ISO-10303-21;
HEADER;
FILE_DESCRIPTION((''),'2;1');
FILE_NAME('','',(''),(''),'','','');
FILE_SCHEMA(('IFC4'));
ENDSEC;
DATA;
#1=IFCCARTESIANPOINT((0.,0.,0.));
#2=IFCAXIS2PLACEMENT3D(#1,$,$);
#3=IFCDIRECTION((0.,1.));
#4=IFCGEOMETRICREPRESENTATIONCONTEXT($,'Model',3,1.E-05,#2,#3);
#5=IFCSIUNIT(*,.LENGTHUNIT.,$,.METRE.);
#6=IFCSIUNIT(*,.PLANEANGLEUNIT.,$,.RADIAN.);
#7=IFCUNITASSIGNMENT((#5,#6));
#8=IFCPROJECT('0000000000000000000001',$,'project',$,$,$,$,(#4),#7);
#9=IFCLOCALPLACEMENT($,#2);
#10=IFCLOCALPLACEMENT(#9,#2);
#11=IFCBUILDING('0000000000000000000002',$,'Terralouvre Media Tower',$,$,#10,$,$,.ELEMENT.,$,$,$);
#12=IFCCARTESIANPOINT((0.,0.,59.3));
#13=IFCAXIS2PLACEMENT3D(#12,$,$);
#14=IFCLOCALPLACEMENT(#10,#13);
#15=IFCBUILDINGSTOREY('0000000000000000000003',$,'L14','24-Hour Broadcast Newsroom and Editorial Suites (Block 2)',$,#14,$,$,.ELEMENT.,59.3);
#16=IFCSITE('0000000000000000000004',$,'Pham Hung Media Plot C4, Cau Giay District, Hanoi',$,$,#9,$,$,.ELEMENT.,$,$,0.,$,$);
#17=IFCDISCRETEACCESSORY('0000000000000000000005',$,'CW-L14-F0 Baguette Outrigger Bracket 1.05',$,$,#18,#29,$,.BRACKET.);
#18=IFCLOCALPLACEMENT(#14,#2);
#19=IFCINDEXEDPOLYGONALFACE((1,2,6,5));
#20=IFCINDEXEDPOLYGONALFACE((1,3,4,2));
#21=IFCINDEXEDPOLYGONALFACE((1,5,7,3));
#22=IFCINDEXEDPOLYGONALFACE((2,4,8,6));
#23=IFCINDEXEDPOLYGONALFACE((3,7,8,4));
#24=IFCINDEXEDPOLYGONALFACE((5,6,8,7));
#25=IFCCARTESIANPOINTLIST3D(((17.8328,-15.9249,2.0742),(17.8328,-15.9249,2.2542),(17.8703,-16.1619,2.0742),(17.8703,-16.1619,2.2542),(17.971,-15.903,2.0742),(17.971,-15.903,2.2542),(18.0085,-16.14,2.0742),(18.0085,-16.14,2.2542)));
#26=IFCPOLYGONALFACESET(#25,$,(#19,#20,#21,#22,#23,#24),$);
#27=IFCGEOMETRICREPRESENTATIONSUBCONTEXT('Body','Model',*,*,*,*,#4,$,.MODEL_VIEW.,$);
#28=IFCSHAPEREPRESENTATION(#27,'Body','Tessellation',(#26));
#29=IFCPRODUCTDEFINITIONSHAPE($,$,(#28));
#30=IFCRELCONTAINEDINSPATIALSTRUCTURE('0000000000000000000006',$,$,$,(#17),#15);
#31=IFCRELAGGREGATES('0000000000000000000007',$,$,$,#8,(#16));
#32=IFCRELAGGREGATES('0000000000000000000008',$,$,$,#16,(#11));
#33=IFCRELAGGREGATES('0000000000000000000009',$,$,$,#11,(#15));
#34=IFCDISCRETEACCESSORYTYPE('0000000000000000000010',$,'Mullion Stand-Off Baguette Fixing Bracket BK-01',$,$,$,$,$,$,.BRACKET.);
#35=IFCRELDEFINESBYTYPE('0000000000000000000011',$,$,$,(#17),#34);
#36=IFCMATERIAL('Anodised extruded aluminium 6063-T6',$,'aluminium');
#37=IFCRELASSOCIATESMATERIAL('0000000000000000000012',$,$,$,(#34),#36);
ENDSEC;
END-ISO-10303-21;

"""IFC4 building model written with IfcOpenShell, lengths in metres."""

from ifc_helpers import new_model, si_unit, direction, frame, origin, origin_2d, place, context, subcontext, project, spatial, rectangle, extrude, material, type_object, element, save


model = new_model("IFC4")

# Units and contexts
model_context = context("Model", 3, precision=1e-05, world=origin(), true_north=direction((0.0, 1.0)))
body_context = subcontext(model_context, "Body", "Model", "MODEL_VIEW")
ifc_project = project(units=[si_unit("LENGTHUNIT", "METRE"), si_unit("PLANEANGLEUNIT", "RADIAN")], contexts=[model_context])

# Site, building, storey
site_placement = place(None, origin())
site = spatial("IfcSite", under=ifc_project, at=site_placement, Name="Pham Hung Media Plot C4, Cau Giay District, Hanoi", CompositionType="ELEMENT", RefElevation=0.0)
building_placement = place(site_placement, origin())
building = spatial("IfcBuilding", under=site, at=building_placement, Name="Terralouvre Media Tower", CompositionType="ELEMENT")
storey_placement = place(building_placement, frame((0.0, 0.0, 59.3)))
storey = spatial("IfcBuildingStorey", under=building, at=storey_placement, Name="L14", Description="24-Hour Broadcast Newsroom and Editorial Suites (Block 2)", CompositionType="ELEMENT", Elevation=59.3)

# Discrete accessory
ifc_material_1 = material(Name="Anodised extruded aluminium 6063-T6", Category="aluminium")
discrete_accessory_type = type_object("IfcDiscreteAccessoryType", Name="Mullion Stand-Off Baguette Fixing Bracket BK-01", PredefinedType="BRACKET", material=ifc_material_1)
discrete_accessory_placement = place(storey_placement, frame((17.9207, -16.0325, 2.0742), z_axis=(0.0, 0.0, 1.0), x_axis=(0.987688, 0.156434, 0.0)))
element("IfcDiscreteAccessory", 1, at=discrete_accessory_placement, inside=storey, type_object=discrete_accessory_type, Name="CW-L14-F0 Baguette Outrigger Bracket 1.05", PredefinedType="BRACKET", context=body_context, shape_type="SweptSolid", body=[
    extrude(rectangle(XDim=0.1399, YDim=0.24, at=origin_2d()), origin(), (0.0, 0.0, 1.0), 0.1799),
])

save(model, "model.ifc")
